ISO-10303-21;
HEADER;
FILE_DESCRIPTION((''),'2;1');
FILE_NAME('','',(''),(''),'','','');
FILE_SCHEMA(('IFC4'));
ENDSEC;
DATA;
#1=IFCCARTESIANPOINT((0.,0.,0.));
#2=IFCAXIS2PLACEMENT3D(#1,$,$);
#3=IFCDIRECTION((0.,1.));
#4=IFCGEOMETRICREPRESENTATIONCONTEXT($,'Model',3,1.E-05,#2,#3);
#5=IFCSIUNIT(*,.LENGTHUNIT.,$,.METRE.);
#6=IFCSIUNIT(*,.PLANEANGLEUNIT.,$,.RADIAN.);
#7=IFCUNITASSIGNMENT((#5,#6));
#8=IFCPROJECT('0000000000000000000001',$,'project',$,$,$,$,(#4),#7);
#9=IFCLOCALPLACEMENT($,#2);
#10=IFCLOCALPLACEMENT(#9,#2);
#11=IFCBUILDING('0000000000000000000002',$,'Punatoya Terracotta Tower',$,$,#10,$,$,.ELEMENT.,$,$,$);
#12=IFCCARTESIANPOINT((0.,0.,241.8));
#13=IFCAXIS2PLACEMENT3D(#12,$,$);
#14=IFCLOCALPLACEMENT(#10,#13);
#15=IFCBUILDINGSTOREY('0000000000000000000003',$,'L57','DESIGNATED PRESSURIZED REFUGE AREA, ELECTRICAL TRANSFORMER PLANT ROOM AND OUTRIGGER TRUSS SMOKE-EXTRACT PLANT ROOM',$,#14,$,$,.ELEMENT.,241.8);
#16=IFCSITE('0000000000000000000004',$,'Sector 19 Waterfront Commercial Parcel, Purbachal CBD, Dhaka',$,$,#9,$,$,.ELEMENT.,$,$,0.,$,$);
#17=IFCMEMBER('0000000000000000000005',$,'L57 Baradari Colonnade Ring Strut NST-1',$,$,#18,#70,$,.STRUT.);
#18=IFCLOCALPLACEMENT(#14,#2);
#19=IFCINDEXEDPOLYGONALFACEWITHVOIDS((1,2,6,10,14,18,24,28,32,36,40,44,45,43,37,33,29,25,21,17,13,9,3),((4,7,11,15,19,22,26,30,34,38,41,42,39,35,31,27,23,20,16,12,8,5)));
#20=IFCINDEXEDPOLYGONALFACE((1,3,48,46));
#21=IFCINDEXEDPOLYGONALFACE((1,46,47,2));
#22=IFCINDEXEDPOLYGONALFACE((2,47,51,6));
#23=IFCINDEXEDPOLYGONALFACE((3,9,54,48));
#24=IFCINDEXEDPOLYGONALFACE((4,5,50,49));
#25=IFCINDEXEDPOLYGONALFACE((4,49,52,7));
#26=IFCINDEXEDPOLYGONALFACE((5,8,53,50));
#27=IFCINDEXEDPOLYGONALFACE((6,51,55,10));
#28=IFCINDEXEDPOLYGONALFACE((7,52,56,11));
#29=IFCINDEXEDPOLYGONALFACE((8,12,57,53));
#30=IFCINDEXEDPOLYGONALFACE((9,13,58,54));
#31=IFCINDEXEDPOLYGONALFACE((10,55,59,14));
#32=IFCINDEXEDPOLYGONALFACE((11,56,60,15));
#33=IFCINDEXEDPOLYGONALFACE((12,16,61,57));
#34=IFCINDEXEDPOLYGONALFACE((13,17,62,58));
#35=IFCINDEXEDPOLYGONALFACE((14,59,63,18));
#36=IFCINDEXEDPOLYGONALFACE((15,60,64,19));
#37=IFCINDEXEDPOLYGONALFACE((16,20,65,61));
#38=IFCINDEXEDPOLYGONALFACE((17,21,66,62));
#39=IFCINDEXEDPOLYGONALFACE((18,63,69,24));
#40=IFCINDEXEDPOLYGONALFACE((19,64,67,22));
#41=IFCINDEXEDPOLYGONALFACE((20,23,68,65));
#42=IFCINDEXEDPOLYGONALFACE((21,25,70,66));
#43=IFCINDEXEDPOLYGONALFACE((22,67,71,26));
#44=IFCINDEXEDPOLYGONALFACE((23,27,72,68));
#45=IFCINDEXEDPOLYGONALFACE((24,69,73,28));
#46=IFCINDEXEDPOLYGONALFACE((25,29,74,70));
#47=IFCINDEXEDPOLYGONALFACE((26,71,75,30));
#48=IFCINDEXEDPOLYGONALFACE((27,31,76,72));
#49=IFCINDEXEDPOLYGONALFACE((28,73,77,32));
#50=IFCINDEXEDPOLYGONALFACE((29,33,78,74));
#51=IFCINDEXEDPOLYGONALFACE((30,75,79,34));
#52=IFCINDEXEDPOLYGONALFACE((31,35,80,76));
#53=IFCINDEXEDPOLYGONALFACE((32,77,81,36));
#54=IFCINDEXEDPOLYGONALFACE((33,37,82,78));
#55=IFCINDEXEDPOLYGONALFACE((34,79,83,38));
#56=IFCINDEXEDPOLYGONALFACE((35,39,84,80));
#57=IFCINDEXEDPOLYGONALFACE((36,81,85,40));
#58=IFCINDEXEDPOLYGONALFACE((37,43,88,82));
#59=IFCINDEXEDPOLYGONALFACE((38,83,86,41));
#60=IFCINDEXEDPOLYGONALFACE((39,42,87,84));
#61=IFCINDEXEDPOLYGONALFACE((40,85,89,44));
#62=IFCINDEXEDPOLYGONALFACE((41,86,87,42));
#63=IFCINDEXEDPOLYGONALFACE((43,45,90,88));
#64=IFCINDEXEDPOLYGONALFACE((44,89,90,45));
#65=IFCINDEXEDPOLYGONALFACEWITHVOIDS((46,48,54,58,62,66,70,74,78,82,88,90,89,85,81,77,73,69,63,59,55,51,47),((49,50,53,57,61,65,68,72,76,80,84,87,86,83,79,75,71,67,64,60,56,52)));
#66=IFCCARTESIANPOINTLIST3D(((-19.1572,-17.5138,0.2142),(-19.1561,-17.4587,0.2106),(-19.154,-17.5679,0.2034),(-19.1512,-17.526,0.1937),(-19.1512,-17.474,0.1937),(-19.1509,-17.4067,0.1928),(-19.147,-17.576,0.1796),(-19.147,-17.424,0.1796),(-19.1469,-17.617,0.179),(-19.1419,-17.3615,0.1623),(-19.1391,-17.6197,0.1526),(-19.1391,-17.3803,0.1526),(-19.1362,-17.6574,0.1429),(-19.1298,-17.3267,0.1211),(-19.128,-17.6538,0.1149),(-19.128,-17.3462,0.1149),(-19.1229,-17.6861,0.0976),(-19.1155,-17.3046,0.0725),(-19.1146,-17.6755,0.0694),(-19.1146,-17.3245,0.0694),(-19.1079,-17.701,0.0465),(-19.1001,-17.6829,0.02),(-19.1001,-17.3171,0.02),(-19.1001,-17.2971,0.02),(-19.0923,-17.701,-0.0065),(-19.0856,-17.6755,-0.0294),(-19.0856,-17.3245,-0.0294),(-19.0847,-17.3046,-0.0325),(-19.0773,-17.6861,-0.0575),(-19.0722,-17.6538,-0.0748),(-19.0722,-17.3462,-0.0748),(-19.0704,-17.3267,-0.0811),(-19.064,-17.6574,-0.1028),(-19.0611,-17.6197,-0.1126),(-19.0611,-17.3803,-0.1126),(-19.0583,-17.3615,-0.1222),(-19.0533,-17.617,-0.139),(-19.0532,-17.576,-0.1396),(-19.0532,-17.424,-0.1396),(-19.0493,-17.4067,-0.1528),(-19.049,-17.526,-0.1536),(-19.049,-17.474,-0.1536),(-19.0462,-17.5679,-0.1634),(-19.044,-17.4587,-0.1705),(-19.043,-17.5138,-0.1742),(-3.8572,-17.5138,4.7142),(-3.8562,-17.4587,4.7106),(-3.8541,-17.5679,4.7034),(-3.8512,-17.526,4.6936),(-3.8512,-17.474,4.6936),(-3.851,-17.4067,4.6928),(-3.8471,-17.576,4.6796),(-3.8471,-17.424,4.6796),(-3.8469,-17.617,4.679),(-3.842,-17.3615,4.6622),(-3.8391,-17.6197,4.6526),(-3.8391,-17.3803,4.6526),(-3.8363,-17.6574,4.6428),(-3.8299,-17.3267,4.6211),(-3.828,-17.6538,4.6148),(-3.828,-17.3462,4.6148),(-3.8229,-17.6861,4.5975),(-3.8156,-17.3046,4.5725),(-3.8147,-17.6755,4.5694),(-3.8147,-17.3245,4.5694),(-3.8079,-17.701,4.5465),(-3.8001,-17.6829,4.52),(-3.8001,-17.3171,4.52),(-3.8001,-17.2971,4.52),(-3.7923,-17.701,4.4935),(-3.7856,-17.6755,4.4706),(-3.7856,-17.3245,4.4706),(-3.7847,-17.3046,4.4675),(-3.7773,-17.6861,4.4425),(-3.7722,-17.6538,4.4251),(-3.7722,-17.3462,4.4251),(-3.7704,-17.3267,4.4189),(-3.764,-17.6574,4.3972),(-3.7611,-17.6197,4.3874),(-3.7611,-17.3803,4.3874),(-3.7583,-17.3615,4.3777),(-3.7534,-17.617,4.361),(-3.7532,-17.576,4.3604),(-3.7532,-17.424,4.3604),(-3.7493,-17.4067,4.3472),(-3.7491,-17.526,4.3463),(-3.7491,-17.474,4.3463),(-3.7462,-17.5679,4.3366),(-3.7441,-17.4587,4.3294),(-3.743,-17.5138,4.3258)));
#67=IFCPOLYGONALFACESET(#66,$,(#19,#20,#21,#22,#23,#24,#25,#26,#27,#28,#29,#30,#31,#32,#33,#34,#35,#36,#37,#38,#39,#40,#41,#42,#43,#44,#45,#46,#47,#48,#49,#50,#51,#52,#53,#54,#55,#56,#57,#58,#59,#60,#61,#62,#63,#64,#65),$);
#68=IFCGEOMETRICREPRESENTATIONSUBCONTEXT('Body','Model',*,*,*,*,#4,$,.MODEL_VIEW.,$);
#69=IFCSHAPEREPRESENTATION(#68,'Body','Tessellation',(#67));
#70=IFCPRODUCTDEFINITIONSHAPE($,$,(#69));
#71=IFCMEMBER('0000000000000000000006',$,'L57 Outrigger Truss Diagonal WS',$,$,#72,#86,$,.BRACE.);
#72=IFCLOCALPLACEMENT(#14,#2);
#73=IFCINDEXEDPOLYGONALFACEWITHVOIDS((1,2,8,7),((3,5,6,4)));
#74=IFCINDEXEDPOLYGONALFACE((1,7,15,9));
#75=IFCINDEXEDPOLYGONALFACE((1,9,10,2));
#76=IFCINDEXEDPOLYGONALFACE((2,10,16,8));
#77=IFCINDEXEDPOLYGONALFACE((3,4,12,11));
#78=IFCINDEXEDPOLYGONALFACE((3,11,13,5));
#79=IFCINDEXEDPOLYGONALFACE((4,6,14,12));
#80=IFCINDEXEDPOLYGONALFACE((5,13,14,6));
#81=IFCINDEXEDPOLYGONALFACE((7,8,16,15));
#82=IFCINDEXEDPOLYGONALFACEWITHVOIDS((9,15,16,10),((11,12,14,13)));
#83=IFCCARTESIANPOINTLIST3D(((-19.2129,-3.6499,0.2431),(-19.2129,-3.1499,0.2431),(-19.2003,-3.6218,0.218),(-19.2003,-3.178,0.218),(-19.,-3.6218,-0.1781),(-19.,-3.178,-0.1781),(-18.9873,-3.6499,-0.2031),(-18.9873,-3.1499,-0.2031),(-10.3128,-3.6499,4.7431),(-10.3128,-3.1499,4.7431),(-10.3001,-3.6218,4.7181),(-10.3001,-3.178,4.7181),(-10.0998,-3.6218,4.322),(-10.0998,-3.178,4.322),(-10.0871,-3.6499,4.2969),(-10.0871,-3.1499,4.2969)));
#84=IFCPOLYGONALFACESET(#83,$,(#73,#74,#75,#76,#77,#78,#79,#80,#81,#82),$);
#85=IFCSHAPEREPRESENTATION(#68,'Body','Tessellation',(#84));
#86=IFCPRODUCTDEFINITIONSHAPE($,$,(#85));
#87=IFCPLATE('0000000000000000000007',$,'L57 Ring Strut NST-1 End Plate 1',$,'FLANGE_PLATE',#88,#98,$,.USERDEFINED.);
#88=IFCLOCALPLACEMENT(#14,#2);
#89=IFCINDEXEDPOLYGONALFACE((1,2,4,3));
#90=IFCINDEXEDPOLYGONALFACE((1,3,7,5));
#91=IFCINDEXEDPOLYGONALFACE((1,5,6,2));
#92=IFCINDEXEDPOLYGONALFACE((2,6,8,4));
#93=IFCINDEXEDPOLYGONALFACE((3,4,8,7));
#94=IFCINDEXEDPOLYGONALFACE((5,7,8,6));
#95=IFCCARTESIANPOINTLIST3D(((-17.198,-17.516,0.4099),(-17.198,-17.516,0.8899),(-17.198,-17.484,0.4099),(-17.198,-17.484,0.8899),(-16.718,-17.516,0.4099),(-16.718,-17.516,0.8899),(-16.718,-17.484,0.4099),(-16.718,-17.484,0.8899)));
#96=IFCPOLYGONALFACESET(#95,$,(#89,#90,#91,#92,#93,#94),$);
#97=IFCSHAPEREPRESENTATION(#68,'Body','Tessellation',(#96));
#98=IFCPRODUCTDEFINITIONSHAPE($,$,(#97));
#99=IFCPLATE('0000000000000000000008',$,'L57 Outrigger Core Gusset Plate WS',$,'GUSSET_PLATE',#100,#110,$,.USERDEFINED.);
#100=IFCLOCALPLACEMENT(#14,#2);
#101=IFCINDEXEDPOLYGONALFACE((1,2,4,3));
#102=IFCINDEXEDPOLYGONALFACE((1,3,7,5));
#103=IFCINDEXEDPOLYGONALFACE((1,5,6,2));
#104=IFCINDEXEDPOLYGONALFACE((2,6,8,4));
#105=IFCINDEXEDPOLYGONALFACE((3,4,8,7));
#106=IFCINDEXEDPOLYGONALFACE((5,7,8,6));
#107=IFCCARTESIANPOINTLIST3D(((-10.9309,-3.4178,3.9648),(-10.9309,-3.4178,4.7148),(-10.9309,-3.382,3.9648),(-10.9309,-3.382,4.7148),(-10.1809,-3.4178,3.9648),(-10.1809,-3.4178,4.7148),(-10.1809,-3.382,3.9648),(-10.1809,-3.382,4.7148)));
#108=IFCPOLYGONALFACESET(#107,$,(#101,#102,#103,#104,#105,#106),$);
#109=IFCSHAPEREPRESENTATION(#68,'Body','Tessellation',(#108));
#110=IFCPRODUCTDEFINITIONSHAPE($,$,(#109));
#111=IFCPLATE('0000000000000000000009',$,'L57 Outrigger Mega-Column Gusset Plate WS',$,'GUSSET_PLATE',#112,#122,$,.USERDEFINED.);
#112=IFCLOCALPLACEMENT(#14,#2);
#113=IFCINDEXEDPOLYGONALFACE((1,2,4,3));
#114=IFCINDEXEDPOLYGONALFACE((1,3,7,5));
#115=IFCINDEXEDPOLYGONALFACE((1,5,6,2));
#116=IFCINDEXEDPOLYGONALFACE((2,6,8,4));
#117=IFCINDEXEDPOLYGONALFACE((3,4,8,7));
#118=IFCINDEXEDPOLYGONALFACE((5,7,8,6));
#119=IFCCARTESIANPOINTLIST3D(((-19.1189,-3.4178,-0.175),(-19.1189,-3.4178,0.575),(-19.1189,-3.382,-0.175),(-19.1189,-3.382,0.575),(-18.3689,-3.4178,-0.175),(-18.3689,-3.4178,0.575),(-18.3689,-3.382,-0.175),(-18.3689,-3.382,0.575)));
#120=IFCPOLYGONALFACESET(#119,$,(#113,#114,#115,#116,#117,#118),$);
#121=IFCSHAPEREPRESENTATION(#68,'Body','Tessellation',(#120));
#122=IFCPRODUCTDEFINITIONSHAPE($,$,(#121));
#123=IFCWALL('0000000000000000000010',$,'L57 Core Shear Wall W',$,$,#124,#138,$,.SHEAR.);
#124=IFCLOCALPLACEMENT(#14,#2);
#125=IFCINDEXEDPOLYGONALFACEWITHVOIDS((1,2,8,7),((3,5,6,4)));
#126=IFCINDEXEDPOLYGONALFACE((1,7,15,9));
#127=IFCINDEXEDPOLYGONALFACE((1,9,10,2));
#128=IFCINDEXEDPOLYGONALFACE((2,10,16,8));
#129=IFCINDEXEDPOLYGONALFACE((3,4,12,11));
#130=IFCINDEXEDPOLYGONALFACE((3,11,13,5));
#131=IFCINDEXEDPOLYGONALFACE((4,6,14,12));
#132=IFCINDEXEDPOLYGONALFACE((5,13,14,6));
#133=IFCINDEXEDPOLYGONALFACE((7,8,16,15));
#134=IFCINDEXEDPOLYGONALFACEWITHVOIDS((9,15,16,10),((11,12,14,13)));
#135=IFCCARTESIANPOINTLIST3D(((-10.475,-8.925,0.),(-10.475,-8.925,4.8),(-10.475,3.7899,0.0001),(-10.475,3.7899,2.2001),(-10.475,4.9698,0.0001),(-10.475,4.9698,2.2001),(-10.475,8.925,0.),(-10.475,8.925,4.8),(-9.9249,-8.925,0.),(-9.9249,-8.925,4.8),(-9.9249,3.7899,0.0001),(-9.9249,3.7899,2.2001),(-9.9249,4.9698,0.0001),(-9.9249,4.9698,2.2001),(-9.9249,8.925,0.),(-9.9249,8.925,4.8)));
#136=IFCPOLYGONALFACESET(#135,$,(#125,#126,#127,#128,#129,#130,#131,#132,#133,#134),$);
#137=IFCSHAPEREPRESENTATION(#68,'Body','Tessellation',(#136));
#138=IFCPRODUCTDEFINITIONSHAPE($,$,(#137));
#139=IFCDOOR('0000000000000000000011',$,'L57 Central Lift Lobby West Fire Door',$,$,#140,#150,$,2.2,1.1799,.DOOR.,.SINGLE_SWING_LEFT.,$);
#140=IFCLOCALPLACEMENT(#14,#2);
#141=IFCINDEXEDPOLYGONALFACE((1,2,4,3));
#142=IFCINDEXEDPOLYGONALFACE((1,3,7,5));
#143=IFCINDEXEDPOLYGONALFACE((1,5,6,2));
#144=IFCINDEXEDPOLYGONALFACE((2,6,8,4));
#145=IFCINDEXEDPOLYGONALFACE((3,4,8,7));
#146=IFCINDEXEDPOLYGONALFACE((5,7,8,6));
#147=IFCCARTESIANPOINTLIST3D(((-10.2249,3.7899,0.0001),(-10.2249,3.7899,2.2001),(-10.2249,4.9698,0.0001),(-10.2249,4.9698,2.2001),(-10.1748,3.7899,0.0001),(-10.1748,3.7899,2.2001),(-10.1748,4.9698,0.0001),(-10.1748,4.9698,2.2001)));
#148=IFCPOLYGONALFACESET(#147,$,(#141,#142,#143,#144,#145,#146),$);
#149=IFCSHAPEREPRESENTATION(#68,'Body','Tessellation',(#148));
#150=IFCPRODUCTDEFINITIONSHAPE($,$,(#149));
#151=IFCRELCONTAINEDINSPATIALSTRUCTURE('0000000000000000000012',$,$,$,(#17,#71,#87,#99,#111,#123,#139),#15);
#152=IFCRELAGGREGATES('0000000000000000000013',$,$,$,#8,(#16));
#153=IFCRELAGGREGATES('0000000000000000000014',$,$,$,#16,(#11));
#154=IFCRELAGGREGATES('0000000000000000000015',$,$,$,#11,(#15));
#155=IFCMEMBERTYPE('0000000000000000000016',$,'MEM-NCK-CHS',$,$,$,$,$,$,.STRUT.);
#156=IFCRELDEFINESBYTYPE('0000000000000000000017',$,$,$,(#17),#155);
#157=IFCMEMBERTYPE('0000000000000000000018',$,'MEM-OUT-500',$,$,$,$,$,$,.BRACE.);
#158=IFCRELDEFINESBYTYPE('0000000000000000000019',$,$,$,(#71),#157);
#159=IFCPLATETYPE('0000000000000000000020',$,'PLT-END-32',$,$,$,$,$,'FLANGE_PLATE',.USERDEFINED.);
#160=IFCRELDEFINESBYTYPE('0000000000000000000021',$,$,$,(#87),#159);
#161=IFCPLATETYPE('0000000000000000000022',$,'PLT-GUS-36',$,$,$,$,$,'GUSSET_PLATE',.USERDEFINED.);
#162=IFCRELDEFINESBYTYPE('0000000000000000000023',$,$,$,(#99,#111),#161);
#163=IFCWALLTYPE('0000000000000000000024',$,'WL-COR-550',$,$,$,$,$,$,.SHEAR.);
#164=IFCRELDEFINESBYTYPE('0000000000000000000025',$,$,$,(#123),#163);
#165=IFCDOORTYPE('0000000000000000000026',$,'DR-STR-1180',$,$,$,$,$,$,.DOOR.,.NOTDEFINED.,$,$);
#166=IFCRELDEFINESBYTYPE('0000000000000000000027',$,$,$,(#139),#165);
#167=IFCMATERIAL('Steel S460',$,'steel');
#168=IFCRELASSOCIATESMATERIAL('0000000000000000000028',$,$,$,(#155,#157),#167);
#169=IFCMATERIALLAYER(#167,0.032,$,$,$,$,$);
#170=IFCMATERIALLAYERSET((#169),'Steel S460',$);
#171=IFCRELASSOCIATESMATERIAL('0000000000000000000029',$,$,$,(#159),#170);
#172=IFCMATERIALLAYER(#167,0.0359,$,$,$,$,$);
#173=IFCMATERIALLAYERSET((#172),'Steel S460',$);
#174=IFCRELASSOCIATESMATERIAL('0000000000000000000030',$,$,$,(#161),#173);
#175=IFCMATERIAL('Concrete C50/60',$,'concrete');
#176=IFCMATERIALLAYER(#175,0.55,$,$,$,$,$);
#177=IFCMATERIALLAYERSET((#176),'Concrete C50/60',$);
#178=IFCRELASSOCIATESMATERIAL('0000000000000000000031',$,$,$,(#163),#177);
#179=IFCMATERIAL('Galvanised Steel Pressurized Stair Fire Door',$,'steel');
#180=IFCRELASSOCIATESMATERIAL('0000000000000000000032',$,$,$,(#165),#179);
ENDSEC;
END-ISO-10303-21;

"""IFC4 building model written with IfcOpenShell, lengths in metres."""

from ifc_helpers import new_model, si_unit, direction, frame, frame_2d, origin, origin_2d, place, context, subcontext, project, spatial, rectangle, hollow_rectangle, hollow_circle, extrude, material, layer, layer_set, material_profile, profile_set, type_object, element, fill, save


model = new_model("IFC4")

# Units and contexts
model_context = context("Model", 3, precision=1e-05, world=origin(), true_north=direction((0.0, 1.0)))
body_context = subcontext(model_context, "Body", "Model", "MODEL_VIEW")
ifc_project = project(units=[si_unit("LENGTHUNIT", "METRE"), si_unit("PLANEANGLEUNIT", "RADIAN")], contexts=[model_context])

# Site, building, storey
site_placement = place(None, origin())
site = spatial("IfcSite", under=ifc_project, at=site_placement, Name="Sector 19 Waterfront Commercial Parcel, Purbachal CBD, Dhaka", CompositionType="ELEMENT", RefElevation=0.0)
building_placement = place(site_placement, origin())
building = spatial("IfcBuilding", under=site, at=building_placement, Name="Punatoya Terracotta Tower", CompositionType="ELEMENT")
storey_placement = place(building_placement, frame((0.0, 0.0, 241.8)))
storey = spatial("IfcBuildingStorey", under=building, at=storey_placement, Name="L57", Description="DESIGNATED PRESSURIZED REFUGE AREA, ELECTRICAL TRANSFORMER PLANT ROOM AND OUTRIGGER TRUSS SMOKE-EXTRACT PLANT ROOM", CompositionType="ELEMENT", Elevation=241.8)

# Shared definitions
ifc_material_1 = material(Name="Steel S460", Category="steel")

# Members
ifc_material_profile_1 = material_profile(ifc_material_1, hollow_circle(Radius=0.2029, WallThickness=0.02, at=origin_2d()))
ifc_profile_set_1 = profile_set([ifc_material_profile_1], Name="Steel S460")
member_type_1 = type_object("IfcMemberType", Name="MEM-NCK-CHS", PredefinedType="STRUT", material=ifc_profile_set_1)
member_1_placement = place(storey_placement, frame((-19.1001, -17.5, 0.02), z_axis=(0.959366, 0.0, 0.282165), x_axis=(0.0, 1.0, 0.0)))
element("IfcMember", 1, at=member_1_placement, inside=storey, type_object=member_type_1, Name="L57 Baradari Colonnade Ring Strut NST-1", PredefinedType="STRUT", context=body_context, shape_type="SweptSolid", body=[
    extrude(hollow_circle(Radius=0.2029, WallThickness=0.02, at=origin_2d()), origin(), (0.0, 0.0, 1.0), 15.948),
])
ifc_material_profile_2 = material_profile(ifc_material_1, hollow_rectangle(XDim=0.5, YDim=0.5, WallThickness=0.0281, at=origin_2d()))
ifc_profile_set_2 = profile_set([ifc_material_profile_2], Name="Steel S460")
member_type_2 = type_object("IfcMemberType", Name="MEM-OUT-500", PredefinedType="BRACE", material=ifc_profile_set_2)
member_2_placement = place(storey_placement, frame((-10.2, -3.3999, 4.52), z_axis=(-0.892416, 0.0, -0.451214), x_axis=(0.0, -1.0, 0.0)))
element("IfcMember", 2, at=member_2_placement, inside=storey, type_object=member_type_2, Name="L57 Outrigger Truss Diagonal WS", PredefinedType="BRACE", context=body_context, shape_type="SweptSolid", body=[
    extrude(hollow_rectangle(XDim=0.5, YDim=0.5, WallThickness=0.0281, at=origin_2d()), origin(), (0.0, 0.0, 1.0), 9.9731),
])

# Plates
ifc_layer_1 = layer(ifc_material_1, 0.032)
ifc_layer_set_1 = layer_set([ifc_layer_1], Name="Steel S460")
plate_type_1 = type_object("IfcPlateType", Name="PLT-END-32", ElementType="FLANGE_PLATE", PredefinedType="USERDEFINED", material=ifc_layer_set_1)
plate_placement = place(storey_placement, frame((-16.958, -17.5, 0.4099), z_axis=(0.0, 0.0, 1.0), x_axis=(1.0, 0.0, 0.0)))
element("IfcPlate", 3, at=plate_placement, inside=storey, type_object=plate_type_1, Name="L57 Ring Strut NST-1 End Plate 1", ObjectType="FLANGE_PLATE", PredefinedType="USERDEFINED", context=body_context, shape_type="SweptSolid", body=[
    extrude(rectangle(XDim=0.48, YDim=0.032, at=origin_2d()), origin(), (0.0, 0.0, 1.0), 0.48),
])
ifc_layer_2 = layer(ifc_material_1, 0.0359)
ifc_layer_set_2 = layer_set([ifc_layer_2], Name="Steel S460")
plate_type_2 = type_object("IfcPlateType", Name="PLT-GUS-36", ElementType="GUSSET_PLATE", PredefinedType="USERDEFINED", material=ifc_layer_set_2)
for number, where, z_axis, x_axis, name in (
    (4, (-10.5559, -3.3999, 3.9648), (0.0, 0.0, 1.0), (1.0, 0.0, 0.0), "L57 Outrigger Core Gusset Plate WS"),
    (5, (-18.7439, -3.3999, -0.175), (0.0, 0.0, 1.0), (1.0, 0.0, 0.0), "L57 Outrigger Mega-Column Gusset Plate WS"),
):
    element("IfcPlate", number, at=place(storey_placement, frame(where, z_axis=z_axis, x_axis=x_axis)), inside=storey, type_object=plate_type_2, Name=name, ObjectType="GUSSET_PLATE", PredefinedType="USERDEFINED", context=body_context, shape_type="SweptSolid", body=[
        extrude(rectangle(XDim=0.75, YDim=0.0359, at=origin_2d()), origin(), (0.0, 0.0, 1.0), 0.75),
    ])

# Wall, opening, door
ifc_material_2 = material(Name="Concrete C50/60", Category="concrete")
ifc_layer_3 = layer(ifc_material_2, 0.55)
ifc_layer_set_3 = layer_set([ifc_layer_3], Name="Concrete C50/60")
wall_type_1 = type_object("IfcWallType", Name="WL-COR-550", PredefinedType="SHEAR", material=ifc_layer_set_3)
wall_1_placement = place(storey_placement, frame((-10.2, -8.925, 0.0), z_axis=(0.0, 0.0, 1.0), x_axis=(0.0, 1.0, 0.0)))
wall_1 = element("IfcWall", 6, at=wall_1_placement, inside=storey, type_object=wall_type_1, Name="L57 Core Shear Wall W", PredefinedType="SHEAR", context=body_context, shape_type="SweptSolid", body=[
    extrude(rectangle(XDim=17.8501, YDim=0.55, at=frame_2d((8.925, 0.0))), origin(), (0.0, 0.0, 1.0), 4.8),
])
opening_1_placement = place(wall_1_placement, frame((12.7151, 0.0, 0.0)))
opening_1 = element("IfcOpeningElement", 7, at=opening_1_placement, cuts=wall_1, PredefinedType="OPENING", context=body_context, shape_type="SweptSolid", body=[
    extrude(rectangle(XDim=1.1799, YDim=2.2, at=frame_2d((0.5898, 1.1001))), frame((0.0, 0.2849, 0.0), z_axis=(0.0, -1.0, 0.0), x_axis=(1.0, 0.0, 0.0)), (0.0, 0.0, 1.0), 0.5701),
])
ifc_material_3 = material(Name="Galvanised Steel Pressurized Stair Fire Door", Category="steel")
door_type_1 = type_object("IfcDoorType", Name="DR-STR-1180", OperationType="NOTDEFINED", PredefinedType="DOOR", material=ifc_material_3)
door_1_placement = place(opening_1_placement, origin())
door_1 = element("IfcDoor", 8, at=door_1_placement, inside=storey, type_object=door_type_1, Name="L57 Central Lift Lobby West Fire Door", OperationType="SINGLE_SWING_LEFT", OverallHeight=2.2, OverallWidth=1.1799, PredefinedType="DOOR", context=body_context, shape_type="SweptSolid", body=[
    extrude(rectangle(XDim=1.1799, YDim=2.2, at=frame_2d((0.5898, 1.1001))), frame((0.0, 0.0249, 0.0), z_axis=(0.0, -1.0, 0.0), x_axis=(1.0, 0.0, 0.0)), (0.0, 0.0, 1.0), 0.05),
])
fill(opening_1, door_1)

save(model, "model.ifc")
